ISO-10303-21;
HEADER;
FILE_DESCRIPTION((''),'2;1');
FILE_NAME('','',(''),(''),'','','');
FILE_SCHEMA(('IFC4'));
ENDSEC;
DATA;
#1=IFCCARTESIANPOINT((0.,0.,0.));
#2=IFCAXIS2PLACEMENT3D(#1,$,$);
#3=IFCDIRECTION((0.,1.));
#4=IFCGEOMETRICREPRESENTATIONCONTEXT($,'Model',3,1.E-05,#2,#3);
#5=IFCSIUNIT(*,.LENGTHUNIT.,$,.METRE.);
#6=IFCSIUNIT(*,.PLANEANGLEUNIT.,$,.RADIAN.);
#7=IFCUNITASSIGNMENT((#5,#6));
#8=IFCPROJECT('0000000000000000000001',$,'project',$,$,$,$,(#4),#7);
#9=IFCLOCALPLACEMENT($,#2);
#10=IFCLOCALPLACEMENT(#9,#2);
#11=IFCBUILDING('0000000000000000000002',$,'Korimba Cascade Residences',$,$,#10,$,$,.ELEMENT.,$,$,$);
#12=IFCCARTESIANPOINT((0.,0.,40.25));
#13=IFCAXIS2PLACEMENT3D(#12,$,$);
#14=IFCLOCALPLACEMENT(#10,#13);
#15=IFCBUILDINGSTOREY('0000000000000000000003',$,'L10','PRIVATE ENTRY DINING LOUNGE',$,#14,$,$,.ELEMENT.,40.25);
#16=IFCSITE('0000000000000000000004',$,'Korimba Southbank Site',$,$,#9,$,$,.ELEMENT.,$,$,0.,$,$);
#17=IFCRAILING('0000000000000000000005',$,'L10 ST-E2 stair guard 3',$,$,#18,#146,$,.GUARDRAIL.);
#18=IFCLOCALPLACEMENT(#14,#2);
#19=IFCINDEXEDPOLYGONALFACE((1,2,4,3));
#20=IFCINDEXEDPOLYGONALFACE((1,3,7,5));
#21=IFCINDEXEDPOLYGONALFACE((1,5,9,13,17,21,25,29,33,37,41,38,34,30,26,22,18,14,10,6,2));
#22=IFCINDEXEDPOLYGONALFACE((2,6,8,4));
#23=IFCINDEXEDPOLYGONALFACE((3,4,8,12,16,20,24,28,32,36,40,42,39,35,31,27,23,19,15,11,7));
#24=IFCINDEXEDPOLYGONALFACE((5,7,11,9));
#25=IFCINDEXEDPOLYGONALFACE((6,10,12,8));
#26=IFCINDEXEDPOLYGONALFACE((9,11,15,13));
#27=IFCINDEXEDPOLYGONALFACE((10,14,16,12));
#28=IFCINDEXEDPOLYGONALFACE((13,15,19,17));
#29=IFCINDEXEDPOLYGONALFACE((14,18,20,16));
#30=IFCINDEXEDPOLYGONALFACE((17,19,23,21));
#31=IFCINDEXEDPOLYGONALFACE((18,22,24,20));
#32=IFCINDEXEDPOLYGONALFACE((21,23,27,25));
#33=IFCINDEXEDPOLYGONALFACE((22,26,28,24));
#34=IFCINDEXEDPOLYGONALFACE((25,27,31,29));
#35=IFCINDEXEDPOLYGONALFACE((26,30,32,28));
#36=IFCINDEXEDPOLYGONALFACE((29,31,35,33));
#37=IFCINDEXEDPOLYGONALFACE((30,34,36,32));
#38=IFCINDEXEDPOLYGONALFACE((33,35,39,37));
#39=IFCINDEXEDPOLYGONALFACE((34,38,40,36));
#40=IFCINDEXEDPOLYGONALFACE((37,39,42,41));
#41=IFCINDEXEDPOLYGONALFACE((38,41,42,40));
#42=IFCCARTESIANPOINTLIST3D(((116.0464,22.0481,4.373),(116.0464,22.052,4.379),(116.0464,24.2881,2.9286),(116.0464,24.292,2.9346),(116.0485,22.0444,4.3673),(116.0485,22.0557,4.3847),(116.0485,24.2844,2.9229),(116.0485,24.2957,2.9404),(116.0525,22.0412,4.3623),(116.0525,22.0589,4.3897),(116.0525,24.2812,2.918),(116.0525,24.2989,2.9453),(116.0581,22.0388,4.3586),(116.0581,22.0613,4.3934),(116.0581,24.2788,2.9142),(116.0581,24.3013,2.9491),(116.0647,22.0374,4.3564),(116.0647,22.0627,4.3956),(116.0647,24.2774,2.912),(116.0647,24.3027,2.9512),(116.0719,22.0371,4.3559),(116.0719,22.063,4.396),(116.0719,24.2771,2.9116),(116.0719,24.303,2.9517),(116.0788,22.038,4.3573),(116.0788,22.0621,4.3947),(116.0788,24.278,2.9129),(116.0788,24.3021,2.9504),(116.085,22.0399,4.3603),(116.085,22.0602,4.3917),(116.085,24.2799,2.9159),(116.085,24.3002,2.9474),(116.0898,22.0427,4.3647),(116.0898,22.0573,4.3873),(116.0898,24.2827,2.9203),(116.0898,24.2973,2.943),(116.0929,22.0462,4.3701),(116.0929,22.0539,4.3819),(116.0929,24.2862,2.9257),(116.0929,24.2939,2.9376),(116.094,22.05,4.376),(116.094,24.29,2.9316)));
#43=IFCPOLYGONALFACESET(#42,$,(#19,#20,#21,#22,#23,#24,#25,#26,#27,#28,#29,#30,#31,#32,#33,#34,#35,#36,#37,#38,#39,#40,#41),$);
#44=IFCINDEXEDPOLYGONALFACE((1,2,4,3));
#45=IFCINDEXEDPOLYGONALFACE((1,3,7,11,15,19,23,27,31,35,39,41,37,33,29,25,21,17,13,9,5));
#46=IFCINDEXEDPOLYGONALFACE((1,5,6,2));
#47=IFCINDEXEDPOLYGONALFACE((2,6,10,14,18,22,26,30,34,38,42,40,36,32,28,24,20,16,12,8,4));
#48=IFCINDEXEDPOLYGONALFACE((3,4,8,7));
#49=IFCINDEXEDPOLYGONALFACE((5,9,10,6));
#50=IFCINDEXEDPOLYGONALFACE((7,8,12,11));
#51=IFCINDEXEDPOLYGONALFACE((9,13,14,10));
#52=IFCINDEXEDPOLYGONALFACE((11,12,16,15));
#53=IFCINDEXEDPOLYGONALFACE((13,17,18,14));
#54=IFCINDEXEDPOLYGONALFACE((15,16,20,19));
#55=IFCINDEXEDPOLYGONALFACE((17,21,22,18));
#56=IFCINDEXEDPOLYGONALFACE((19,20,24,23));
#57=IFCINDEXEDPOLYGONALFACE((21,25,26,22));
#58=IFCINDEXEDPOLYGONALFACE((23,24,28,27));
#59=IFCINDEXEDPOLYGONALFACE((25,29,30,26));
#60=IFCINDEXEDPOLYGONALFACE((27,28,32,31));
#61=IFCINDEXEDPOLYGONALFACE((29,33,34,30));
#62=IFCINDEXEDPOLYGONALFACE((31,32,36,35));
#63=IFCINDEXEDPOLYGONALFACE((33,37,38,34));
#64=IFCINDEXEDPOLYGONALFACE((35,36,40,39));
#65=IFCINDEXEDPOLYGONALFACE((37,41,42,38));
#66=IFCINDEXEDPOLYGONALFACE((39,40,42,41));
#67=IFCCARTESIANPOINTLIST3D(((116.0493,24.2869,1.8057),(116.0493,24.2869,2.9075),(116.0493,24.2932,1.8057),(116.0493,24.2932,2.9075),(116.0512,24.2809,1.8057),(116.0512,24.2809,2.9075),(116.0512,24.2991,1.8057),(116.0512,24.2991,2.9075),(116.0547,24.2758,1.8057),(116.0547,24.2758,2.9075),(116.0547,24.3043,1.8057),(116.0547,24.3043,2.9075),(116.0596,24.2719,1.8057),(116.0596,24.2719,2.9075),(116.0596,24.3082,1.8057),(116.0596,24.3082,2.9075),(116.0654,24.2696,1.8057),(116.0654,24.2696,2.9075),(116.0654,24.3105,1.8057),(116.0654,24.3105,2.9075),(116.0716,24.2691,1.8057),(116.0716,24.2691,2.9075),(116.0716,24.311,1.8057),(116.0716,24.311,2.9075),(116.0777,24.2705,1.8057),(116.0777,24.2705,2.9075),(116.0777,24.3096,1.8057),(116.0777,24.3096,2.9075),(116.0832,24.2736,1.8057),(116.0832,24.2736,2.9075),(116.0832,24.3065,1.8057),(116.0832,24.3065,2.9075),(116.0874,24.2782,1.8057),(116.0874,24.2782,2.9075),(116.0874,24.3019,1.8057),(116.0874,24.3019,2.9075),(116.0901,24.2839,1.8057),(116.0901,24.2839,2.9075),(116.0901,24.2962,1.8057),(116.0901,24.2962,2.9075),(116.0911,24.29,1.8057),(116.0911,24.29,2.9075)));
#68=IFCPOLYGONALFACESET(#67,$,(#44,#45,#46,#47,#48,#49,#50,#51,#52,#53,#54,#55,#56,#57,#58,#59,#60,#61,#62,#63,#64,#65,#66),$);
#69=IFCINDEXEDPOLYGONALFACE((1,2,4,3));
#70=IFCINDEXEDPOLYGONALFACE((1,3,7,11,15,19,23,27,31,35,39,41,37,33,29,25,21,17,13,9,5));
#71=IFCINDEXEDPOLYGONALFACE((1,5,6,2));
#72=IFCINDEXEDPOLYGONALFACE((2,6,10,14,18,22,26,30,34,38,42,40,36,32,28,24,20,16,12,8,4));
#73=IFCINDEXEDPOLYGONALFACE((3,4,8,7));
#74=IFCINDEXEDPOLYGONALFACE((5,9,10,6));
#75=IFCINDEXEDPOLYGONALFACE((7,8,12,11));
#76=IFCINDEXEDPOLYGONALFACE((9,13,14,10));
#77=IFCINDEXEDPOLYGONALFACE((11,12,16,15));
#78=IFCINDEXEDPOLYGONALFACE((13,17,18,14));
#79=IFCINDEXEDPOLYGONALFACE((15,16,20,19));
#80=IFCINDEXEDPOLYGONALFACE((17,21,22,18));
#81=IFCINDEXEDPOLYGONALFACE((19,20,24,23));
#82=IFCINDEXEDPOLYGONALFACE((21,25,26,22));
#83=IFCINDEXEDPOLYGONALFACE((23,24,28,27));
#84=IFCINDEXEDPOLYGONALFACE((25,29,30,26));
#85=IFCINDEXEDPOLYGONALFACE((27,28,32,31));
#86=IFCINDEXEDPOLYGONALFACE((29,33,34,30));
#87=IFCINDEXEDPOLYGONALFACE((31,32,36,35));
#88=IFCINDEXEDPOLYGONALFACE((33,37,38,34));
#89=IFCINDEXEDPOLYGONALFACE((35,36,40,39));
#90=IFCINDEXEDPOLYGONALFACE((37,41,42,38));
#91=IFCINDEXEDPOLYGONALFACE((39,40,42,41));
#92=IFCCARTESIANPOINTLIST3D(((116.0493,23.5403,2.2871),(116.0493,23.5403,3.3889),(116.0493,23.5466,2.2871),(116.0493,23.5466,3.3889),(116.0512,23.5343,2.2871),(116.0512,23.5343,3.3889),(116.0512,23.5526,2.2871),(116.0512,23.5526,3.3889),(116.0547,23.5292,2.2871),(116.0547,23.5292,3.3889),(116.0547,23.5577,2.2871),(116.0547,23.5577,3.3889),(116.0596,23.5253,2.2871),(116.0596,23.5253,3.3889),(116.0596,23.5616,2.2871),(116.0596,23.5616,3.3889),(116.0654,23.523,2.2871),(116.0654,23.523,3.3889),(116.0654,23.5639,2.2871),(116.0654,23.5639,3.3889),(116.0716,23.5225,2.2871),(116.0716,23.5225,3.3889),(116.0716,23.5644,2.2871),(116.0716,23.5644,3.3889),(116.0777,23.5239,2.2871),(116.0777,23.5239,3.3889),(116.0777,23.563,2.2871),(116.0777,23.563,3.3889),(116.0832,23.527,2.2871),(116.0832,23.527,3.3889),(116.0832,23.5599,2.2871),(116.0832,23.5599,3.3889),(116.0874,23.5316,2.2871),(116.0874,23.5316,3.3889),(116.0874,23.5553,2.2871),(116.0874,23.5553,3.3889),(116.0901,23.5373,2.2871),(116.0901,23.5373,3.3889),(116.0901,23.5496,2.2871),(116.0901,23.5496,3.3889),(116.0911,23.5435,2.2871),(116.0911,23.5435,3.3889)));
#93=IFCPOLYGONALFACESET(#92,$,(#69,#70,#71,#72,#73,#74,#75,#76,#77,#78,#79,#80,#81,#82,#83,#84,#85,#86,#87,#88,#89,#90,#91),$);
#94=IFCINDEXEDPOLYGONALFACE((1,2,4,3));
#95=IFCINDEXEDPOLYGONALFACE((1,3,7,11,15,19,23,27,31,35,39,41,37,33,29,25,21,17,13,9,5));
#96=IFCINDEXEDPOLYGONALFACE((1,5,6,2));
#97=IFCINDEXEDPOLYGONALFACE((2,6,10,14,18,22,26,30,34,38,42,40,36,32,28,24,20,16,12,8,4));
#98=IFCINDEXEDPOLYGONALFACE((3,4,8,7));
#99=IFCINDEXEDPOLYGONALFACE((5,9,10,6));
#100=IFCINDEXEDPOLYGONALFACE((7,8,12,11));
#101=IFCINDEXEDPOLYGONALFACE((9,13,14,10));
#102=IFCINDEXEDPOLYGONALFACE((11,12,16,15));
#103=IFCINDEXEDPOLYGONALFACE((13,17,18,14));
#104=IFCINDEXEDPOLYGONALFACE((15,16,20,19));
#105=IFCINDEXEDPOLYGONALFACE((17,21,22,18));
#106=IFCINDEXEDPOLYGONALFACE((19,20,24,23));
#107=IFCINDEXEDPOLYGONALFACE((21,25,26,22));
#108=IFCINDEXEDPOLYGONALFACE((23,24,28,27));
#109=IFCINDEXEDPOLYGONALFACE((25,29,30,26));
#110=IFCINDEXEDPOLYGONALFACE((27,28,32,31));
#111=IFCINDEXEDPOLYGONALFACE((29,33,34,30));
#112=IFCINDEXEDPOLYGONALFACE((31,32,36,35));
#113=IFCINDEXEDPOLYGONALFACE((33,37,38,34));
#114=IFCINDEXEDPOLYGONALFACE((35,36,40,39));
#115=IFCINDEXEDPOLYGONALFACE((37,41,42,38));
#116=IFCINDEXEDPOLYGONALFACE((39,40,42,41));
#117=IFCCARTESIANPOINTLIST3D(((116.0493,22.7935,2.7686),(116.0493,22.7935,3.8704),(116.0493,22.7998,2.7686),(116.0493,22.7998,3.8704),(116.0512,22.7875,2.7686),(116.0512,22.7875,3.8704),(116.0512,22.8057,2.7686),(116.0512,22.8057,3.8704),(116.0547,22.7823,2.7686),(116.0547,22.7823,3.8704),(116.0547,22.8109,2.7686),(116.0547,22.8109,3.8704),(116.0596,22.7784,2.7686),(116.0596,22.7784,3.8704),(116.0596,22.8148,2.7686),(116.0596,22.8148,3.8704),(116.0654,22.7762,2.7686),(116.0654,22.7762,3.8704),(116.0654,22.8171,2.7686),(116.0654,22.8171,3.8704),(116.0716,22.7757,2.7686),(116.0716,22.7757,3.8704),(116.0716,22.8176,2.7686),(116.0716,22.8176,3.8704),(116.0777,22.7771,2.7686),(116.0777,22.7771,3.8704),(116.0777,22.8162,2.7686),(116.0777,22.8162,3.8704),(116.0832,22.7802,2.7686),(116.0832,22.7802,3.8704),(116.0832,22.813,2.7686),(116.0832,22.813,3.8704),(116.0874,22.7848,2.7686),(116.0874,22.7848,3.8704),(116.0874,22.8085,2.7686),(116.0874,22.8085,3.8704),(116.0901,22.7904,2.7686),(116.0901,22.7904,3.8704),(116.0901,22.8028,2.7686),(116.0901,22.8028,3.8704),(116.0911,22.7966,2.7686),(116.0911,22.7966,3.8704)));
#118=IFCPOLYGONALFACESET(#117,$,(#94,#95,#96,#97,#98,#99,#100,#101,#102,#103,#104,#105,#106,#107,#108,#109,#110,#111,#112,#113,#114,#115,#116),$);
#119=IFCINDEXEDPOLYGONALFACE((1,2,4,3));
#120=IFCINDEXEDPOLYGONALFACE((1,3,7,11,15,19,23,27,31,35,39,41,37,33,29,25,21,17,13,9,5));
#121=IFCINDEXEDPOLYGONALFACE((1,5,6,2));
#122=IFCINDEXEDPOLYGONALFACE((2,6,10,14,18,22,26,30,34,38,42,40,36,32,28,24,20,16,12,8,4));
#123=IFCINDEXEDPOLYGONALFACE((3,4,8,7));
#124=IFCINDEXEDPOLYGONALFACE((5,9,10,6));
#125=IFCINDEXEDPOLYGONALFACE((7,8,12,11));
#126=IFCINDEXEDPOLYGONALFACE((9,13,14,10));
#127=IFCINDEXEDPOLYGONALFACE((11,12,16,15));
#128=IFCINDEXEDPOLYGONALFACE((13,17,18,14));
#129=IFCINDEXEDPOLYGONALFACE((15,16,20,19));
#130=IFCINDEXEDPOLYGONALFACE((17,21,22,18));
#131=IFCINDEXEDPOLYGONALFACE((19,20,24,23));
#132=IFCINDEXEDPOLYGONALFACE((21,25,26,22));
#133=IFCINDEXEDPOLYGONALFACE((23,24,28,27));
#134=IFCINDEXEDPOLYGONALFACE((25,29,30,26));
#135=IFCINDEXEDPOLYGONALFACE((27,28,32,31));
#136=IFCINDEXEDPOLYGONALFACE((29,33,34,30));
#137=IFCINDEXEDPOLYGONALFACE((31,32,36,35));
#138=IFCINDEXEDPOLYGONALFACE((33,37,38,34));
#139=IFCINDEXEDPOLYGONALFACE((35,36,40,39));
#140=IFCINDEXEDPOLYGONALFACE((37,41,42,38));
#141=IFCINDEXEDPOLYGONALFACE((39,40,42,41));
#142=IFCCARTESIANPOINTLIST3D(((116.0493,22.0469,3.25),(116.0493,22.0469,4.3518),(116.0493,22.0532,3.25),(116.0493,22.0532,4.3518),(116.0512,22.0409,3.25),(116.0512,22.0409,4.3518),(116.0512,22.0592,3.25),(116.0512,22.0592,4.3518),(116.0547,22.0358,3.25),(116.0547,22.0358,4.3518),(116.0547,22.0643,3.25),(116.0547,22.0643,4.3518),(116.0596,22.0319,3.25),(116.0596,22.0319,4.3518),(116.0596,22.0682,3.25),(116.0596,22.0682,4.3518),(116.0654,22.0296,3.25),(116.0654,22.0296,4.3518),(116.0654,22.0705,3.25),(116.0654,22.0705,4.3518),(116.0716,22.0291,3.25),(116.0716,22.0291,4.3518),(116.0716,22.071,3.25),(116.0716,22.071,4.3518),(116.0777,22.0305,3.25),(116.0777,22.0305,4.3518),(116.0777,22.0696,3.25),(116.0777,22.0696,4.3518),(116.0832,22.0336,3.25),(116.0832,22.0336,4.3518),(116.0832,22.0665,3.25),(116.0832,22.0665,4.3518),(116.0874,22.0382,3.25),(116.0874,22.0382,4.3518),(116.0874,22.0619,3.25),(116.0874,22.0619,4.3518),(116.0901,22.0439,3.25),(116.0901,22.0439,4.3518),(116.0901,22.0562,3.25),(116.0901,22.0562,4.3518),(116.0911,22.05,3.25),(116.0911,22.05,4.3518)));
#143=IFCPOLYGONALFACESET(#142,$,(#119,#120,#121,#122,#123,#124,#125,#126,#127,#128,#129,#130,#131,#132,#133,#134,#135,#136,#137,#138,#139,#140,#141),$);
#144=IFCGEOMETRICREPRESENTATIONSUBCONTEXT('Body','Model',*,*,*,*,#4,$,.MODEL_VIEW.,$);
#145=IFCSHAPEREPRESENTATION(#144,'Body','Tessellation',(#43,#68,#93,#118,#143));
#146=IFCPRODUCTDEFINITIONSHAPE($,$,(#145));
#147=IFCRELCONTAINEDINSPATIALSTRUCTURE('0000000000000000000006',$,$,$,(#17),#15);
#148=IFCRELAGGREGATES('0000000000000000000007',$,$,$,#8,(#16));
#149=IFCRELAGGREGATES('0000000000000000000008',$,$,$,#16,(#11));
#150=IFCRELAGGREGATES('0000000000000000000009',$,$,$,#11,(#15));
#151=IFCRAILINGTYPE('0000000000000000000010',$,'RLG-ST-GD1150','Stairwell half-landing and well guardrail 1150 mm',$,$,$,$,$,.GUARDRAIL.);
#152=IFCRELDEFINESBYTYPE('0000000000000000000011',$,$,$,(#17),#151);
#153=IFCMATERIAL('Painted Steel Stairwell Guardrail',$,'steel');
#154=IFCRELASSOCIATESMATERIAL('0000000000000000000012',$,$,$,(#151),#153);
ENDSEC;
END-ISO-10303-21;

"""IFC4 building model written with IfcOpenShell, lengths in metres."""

from ifc_helpers import new_model, si_unit, direction, frame, origin, origin_2d, place, context, subcontext, project, spatial, circle, extrude, material, type_object, element, save


model = new_model("IFC4")

# Units and contexts
model_context = context("Model", 3, precision=1e-05, world=origin(), true_north=direction((0.0, 1.0)))
body_context = subcontext(model_context, "Body", "Model", "MODEL_VIEW")
ifc_project = project(units=[si_unit("LENGTHUNIT", "METRE"), si_unit("PLANEANGLEUNIT", "RADIAN")], contexts=[model_context])

# Site, building, storey
site_placement = place(None, origin())
site = spatial("IfcSite", under=ifc_project, at=site_placement, Name="Korimba Southbank Site", CompositionType="ELEMENT", RefElevation=0.0)
building_placement = place(site_placement, origin())
building = spatial("IfcBuilding", under=site, at=building_placement, Name="Korimba Cascade Residences", CompositionType="ELEMENT")
storey_placement = place(building_placement, frame((0.0, 0.0, 40.25)))
storey = spatial("IfcBuildingStorey", under=building, at=storey_placement, Name="L10", Description="PRIVATE ENTRY DINING LOUNGE", CompositionType="ELEMENT", Elevation=40.25)

# Railing
ifc_material_1 = material(Name="Painted Steel Stairwell Guardrail", Category="steel")
railing_type_1 = type_object("IfcRailingType", Name="RLG-ST-GD1150", Description="Stairwell half-landing and well guardrail 1150 mm", PredefinedType="GUARDRAIL", material=ifc_material_1)
railing_1_placement = place(storey_placement, frame((116.0701, 24.29, 1.8057)))
element("IfcRailing", 1, at=railing_1_placement, inside=storey, type_object=railing_type_1, Name="L10 ST-E2 stair guard 3", PredefinedType="GUARDRAIL", context=body_context, shape_type="SweptSolid", body=[
    extrude(circle(Radius=0.0239, at=origin_2d()), frame((0.0, 0.0, 1.126), z_axis=(0.0, -0.840437, 0.54191), x_axis=(1.0, 0.0, 0.0)), (0.0, 0.0, 1.0), 2.6653),
    extrude(circle(Radius=0.021, at=origin_2d()), origin(), (0.0, 0.0, 1.0), 1.1018),
    extrude(circle(Radius=0.021, at=origin_2d()), frame((0.0, -0.7466, 0.4814)), (0.0, 0.0, 1.0), 1.1018),
    extrude(circle(Radius=0.021, at=origin_2d()), frame((0.0, -1.4934, 0.9629)), (0.0, 0.0, 1.0), 1.1018),
    extrude(circle(Radius=0.021, at=origin_2d()), frame((0.0, -2.24, 1.4443)), (0.0, 0.0, 1.0), 1.1018),
])

save(model, "model.ifc")
